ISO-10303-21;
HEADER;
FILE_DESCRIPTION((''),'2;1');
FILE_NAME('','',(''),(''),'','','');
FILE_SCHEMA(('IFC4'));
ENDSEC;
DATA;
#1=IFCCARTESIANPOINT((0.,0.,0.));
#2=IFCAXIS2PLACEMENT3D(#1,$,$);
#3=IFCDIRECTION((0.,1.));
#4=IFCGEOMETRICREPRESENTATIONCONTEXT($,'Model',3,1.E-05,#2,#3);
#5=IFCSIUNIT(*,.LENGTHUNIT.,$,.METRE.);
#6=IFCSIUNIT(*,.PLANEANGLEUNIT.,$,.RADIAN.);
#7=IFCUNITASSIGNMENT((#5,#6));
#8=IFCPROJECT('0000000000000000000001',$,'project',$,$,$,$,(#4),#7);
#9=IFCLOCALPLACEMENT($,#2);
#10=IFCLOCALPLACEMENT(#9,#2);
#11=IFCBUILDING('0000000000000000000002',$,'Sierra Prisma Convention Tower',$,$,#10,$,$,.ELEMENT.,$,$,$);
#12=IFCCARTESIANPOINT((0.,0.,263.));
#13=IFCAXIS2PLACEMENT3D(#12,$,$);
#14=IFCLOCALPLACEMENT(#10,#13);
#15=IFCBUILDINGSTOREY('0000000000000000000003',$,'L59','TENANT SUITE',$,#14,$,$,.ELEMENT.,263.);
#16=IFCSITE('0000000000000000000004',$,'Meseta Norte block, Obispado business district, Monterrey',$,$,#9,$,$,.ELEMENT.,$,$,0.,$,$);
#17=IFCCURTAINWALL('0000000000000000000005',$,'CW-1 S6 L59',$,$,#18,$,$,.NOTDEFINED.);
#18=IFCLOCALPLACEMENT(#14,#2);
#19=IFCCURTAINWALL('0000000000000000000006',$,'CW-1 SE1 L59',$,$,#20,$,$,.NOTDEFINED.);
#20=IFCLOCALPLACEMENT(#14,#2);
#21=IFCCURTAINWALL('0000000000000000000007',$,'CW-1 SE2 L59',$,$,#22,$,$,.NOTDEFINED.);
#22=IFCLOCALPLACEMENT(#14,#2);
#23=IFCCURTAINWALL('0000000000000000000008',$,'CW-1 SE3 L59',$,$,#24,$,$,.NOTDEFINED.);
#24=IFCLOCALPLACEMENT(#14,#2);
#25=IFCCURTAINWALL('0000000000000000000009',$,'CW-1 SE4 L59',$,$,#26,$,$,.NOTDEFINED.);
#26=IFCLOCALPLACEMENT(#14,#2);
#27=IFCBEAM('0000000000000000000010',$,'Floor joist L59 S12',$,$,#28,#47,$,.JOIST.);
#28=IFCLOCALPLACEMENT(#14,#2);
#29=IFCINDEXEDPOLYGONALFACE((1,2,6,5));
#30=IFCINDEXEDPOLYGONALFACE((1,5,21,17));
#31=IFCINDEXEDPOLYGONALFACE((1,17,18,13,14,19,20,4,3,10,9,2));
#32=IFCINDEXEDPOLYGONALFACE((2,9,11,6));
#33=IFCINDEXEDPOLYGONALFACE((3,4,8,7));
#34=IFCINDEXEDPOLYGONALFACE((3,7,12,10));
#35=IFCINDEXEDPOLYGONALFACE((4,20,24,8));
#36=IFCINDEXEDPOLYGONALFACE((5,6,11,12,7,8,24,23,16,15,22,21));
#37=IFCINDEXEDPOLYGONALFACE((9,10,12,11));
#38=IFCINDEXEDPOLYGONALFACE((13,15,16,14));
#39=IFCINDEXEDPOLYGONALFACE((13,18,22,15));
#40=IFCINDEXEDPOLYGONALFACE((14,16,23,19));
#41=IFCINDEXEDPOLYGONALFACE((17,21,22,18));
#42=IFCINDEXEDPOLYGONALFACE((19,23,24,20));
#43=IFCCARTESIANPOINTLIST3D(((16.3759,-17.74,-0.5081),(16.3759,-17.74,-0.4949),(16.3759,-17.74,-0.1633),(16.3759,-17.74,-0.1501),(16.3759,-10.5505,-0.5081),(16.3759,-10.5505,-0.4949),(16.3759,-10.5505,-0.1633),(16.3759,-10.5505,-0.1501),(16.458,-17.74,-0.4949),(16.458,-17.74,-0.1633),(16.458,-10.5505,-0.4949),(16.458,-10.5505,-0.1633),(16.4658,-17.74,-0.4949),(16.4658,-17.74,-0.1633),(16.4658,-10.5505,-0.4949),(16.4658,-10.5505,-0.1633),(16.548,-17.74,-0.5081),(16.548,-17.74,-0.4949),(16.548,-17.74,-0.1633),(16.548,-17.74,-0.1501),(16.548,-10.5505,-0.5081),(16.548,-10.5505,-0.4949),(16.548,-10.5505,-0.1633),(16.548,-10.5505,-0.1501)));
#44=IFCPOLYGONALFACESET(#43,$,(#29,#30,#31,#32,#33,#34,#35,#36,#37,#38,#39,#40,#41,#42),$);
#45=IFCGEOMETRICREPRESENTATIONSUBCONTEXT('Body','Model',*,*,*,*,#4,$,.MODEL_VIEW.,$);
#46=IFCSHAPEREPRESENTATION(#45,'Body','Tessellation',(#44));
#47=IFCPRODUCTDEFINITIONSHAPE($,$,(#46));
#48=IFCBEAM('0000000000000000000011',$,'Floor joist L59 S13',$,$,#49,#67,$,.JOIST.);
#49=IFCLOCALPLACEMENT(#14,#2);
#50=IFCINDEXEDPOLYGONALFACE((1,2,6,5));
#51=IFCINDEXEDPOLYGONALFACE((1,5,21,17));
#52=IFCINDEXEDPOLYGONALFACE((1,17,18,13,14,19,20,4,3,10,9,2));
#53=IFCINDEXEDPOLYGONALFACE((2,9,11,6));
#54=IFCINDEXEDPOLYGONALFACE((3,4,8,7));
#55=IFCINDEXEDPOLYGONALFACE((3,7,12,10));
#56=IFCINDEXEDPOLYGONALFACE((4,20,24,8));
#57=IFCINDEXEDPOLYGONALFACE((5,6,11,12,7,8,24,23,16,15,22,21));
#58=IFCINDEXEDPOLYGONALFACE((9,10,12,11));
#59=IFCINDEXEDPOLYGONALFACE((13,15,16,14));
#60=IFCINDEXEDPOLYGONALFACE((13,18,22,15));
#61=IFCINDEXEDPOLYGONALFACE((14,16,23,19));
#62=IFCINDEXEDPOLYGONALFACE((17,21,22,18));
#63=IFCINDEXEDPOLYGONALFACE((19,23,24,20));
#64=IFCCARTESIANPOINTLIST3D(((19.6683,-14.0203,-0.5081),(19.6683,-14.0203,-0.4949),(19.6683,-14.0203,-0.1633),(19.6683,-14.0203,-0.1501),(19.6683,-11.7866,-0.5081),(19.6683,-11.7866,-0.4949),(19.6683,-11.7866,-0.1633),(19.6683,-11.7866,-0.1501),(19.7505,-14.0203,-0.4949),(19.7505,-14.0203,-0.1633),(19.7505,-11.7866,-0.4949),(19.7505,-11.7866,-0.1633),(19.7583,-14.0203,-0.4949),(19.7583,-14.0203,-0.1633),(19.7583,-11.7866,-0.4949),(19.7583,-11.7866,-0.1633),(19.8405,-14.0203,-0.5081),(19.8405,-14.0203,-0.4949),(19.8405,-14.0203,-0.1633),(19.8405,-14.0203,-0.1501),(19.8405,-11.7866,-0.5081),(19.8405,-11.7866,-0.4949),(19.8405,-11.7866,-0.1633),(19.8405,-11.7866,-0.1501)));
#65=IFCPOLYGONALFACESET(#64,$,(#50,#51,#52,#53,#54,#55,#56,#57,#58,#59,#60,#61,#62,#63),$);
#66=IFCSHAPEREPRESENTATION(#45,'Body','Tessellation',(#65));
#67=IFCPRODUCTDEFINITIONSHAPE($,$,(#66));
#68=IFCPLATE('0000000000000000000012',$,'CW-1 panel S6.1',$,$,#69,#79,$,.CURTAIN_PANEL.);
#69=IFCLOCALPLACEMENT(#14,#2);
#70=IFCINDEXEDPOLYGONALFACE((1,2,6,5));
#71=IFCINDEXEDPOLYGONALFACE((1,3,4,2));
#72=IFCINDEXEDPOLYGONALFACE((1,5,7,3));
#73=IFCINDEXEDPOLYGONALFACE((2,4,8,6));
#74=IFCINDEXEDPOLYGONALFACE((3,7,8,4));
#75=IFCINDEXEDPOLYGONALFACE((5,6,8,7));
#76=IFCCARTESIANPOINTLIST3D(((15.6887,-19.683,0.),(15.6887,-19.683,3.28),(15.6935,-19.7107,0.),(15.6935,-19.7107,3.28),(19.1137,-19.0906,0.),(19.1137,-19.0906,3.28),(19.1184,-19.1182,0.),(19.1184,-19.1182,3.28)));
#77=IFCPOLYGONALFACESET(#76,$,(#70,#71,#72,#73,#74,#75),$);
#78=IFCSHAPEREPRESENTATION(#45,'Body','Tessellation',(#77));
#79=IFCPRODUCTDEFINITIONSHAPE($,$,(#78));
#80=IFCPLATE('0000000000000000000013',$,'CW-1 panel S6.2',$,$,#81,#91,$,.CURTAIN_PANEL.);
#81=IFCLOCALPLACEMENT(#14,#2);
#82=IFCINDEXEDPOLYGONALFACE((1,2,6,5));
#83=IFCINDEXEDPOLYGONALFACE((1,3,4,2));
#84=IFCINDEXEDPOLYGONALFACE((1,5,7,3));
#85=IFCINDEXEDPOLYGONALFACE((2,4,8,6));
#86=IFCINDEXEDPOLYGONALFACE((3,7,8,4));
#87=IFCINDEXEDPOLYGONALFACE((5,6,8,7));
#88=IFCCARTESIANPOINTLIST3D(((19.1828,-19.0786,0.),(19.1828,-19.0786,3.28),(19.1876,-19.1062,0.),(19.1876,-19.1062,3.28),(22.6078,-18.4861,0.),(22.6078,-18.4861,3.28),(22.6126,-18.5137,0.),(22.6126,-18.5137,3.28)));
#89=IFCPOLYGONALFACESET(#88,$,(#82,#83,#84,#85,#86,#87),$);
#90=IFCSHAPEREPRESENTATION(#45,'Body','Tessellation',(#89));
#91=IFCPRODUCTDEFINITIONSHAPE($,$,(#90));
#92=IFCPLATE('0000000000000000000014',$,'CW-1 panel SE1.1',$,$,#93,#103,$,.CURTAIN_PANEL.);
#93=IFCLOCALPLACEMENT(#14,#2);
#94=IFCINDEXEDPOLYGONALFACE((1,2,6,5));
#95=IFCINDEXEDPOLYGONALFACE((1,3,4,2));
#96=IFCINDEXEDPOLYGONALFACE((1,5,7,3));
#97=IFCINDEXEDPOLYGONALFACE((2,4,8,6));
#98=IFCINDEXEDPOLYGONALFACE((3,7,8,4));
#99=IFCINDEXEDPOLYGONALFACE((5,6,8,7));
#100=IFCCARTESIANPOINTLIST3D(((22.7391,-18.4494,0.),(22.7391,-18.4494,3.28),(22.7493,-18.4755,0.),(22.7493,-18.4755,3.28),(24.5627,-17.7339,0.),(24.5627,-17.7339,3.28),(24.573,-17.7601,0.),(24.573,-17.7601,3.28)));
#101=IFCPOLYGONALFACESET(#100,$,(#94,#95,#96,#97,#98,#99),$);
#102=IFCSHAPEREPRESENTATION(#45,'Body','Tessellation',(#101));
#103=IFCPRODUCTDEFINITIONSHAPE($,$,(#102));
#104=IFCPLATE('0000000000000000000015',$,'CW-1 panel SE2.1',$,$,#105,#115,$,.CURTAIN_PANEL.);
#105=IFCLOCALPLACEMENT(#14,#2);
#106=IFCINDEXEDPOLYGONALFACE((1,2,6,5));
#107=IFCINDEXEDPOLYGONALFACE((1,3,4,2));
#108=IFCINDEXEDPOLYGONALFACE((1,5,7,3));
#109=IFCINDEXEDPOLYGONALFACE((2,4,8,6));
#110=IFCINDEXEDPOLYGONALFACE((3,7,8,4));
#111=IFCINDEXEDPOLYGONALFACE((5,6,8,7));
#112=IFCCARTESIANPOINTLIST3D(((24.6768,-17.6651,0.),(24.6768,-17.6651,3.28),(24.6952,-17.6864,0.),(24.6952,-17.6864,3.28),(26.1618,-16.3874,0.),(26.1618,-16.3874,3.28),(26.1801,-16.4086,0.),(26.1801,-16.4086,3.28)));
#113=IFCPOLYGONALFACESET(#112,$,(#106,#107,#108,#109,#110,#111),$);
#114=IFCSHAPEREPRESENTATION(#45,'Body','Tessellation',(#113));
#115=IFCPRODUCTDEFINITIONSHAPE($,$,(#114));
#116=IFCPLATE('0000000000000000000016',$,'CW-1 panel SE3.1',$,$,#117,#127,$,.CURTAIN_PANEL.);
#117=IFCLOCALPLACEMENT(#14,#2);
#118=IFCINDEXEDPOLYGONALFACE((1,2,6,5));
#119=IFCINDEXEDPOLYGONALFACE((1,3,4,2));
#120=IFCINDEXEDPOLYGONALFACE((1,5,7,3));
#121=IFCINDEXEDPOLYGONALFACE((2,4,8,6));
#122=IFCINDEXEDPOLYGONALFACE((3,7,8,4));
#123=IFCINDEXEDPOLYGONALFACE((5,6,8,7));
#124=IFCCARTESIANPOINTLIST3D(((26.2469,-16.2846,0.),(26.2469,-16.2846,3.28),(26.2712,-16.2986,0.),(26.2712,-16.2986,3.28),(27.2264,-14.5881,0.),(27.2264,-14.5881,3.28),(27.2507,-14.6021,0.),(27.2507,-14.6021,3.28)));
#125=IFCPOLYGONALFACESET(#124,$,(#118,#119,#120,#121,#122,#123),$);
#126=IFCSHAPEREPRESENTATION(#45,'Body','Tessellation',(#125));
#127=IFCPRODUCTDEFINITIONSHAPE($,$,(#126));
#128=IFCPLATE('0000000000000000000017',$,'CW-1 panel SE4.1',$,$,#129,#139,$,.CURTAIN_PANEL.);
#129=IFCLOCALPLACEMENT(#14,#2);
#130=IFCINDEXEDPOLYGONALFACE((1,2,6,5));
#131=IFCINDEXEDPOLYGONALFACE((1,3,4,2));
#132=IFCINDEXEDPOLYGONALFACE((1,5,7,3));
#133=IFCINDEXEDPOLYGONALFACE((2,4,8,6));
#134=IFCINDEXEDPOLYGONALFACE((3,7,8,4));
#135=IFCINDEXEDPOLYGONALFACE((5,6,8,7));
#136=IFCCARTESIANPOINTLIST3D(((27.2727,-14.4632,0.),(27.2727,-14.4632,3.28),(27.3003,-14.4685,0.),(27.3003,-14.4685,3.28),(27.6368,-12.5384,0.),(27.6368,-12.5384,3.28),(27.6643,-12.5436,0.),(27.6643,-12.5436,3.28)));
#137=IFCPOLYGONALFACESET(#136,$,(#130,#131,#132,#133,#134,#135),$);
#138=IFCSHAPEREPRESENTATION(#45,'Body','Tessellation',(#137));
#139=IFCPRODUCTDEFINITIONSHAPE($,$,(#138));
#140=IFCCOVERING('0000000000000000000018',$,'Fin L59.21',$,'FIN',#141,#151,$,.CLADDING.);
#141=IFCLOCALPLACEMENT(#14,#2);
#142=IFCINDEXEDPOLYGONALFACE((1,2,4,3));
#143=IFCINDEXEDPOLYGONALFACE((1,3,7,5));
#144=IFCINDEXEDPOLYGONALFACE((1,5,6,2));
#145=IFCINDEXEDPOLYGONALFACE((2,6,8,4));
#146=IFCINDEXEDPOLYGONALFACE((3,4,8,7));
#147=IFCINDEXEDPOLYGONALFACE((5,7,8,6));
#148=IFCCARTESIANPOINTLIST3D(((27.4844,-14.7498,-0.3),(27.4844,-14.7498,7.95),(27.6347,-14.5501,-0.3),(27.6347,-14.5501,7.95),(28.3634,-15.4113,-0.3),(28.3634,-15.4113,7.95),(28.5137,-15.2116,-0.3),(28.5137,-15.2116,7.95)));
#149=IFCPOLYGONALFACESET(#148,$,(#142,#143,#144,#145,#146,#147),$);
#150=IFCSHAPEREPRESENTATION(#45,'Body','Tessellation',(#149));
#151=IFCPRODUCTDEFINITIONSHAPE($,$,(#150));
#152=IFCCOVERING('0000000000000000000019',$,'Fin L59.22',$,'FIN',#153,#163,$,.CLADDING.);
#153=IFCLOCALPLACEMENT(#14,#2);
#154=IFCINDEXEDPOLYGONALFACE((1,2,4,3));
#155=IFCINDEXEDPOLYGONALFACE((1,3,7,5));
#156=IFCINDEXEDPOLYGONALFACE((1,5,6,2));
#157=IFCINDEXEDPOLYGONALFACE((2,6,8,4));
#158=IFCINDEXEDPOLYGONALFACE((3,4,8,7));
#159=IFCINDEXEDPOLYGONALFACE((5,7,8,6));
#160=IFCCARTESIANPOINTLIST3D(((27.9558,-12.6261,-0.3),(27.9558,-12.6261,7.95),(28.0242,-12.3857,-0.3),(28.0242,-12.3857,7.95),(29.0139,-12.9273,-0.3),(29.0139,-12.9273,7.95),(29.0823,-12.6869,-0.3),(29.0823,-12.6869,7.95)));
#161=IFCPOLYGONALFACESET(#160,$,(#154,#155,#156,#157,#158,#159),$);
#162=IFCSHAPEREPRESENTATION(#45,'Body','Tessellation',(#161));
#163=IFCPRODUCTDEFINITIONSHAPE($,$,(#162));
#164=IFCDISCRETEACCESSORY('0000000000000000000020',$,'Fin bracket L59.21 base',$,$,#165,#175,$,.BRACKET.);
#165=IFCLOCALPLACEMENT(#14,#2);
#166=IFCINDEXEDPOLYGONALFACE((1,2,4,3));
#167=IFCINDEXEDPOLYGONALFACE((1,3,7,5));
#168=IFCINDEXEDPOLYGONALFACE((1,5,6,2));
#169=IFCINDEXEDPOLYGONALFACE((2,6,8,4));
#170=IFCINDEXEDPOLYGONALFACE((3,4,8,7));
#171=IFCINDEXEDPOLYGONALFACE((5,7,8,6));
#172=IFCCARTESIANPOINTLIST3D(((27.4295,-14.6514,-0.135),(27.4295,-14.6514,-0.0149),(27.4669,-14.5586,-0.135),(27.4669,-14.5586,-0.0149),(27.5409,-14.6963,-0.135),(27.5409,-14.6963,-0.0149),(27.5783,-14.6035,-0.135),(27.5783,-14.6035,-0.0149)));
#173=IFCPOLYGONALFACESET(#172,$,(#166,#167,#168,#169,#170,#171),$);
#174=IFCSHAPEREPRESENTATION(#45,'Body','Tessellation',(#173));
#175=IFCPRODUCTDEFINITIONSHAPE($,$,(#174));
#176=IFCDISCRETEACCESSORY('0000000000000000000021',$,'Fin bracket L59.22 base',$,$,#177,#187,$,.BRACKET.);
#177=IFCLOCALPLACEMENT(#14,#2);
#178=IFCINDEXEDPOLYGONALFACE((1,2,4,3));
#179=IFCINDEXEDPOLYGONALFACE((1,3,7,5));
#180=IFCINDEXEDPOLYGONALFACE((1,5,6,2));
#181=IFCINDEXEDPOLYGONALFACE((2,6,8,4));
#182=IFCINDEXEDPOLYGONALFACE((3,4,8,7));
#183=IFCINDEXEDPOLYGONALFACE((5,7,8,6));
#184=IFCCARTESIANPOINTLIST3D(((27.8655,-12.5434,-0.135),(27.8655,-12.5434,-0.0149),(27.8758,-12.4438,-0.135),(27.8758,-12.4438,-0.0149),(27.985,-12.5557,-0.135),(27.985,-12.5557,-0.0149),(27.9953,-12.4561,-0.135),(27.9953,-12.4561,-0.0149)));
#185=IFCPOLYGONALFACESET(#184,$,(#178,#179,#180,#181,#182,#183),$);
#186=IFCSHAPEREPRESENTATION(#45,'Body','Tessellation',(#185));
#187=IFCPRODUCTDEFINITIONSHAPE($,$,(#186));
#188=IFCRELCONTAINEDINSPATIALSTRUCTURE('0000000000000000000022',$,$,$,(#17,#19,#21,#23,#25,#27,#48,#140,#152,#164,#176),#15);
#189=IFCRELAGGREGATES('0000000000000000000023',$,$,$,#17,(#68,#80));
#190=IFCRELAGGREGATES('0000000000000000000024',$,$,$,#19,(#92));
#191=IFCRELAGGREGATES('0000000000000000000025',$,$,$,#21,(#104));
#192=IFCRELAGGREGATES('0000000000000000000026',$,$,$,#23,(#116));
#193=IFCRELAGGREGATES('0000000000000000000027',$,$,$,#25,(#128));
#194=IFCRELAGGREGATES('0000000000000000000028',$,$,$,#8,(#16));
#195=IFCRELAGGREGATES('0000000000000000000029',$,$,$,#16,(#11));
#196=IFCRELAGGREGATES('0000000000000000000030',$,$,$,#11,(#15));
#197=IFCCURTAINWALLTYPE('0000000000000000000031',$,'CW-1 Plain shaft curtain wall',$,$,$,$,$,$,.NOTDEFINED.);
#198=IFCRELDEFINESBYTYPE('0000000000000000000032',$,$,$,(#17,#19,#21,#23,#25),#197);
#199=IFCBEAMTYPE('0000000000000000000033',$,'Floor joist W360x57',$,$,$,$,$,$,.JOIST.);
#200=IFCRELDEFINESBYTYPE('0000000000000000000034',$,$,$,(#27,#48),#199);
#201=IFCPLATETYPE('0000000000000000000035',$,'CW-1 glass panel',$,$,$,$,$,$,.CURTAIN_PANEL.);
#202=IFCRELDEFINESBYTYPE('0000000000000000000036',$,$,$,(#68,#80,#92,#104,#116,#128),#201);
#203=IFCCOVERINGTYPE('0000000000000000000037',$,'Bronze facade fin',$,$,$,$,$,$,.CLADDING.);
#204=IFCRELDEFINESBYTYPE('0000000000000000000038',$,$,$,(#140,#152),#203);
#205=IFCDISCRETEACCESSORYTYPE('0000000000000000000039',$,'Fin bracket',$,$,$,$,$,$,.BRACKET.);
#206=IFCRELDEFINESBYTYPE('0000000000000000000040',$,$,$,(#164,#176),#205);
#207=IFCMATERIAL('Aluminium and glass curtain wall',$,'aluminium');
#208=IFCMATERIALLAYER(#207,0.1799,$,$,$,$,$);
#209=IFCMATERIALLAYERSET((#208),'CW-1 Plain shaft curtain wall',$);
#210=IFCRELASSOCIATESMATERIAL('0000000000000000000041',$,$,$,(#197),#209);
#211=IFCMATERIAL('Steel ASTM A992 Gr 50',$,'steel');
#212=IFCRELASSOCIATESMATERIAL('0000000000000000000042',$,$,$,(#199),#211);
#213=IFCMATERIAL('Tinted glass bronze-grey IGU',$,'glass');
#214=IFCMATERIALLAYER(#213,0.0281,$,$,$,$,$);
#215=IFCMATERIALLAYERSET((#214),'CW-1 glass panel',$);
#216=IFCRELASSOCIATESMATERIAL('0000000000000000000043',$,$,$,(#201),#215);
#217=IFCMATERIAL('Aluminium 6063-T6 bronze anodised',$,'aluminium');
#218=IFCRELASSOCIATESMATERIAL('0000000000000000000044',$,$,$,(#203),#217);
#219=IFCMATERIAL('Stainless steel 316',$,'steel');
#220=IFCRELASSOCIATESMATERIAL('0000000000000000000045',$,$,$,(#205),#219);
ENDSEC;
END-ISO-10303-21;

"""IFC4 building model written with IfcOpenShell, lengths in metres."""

from ifc_helpers import new_model, si_unit, direction, frame, origin, origin_2d, place, context, subcontext, project, spatial, rectangle, i_section, extrude, material, layer, layer_set, material_profile, profile_set, type_object, element, aggregate, save


model = new_model("IFC4")

# Units and contexts
model_context = context("Model", 3, precision=1e-05, world=origin(), true_north=direction((0.0, 1.0)))
body_context = subcontext(model_context, "Body", "Model", "MODEL_VIEW")
ifc_project = project(units=[si_unit("LENGTHUNIT", "METRE"), si_unit("PLANEANGLEUNIT", "RADIAN")], contexts=[model_context])

# Site, building, storey
site_placement = place(None, origin())
site = spatial("IfcSite", under=ifc_project, at=site_placement, Name="Meseta Norte block, Obispado business district, Monterrey", CompositionType="ELEMENT", RefElevation=0.0)
building_placement = place(site_placement, origin())
building = spatial("IfcBuilding", under=site, at=building_placement, Name="Sierra Prisma Convention Tower", CompositionType="ELEMENT")
storey_placement = place(building_placement, frame((0.0, 0.0, 263.0)))
storey = spatial("IfcBuildingStorey", under=building, at=storey_placement, Name="L59", Description="TENANT SUITE", CompositionType="ELEMENT", Elevation=263.0)

# Curtain walls
ifc_material_1 = material(Name="Aluminium and glass curtain wall", Category="aluminium")
ifc_layer_1 = layer(ifc_material_1, 0.1799)
ifc_layer_set_1 = layer_set([ifc_layer_1], Name="CW-1 Plain shaft curtain wall")
curtain_wall_type = type_object("IfcCurtainWallType", Name="CW-1 Plain shaft curtain wall", PredefinedType="NOTDEFINED", material=ifc_layer_set_1)
curtain_wall_1_placement = place(storey_placement, origin())
curtain_wall_1 = element("IfcCurtainWall", 1, at=curtain_wall_1_placement, inside=storey, type_object=curtain_wall_type, Name="CW-1 S6 L59", PredefinedType="NOTDEFINED")
curtain_wall_2_placement = place(storey_placement, origin())
curtain_wall_2 = element("IfcCurtainWall", 2, at=curtain_wall_2_placement, inside=storey, type_object=curtain_wall_type, Name="CW-1 SE1 L59", PredefinedType="NOTDEFINED")
curtain_wall_3_placement = place(storey_placement, origin())
curtain_wall_3 = element("IfcCurtainWall", 3, at=curtain_wall_3_placement, inside=storey, type_object=curtain_wall_type, Name="CW-1 SE2 L59", PredefinedType="NOTDEFINED")
curtain_wall_4_placement = place(storey_placement, origin())
curtain_wall_4 = element("IfcCurtainWall", 4, at=curtain_wall_4_placement, inside=storey, type_object=curtain_wall_type, Name="CW-1 SE3 L59", PredefinedType="NOTDEFINED")
curtain_wall_5_placement = place(storey_placement, origin())
curtain_wall_5 = element("IfcCurtainWall", 5, at=curtain_wall_5_placement, inside=storey, type_object=curtain_wall_type, Name="CW-1 SE4 L59", PredefinedType="NOTDEFINED")

# Beams
ifc_material_2 = material(Name="Steel ASTM A992 Gr 50", Category="steel")
ifc_material_profile_1 = material_profile(ifc_material_2, i_section(OverallWidth=0.1721, OverallDepth=0.3579, WebThickness=0.0078, FlangeThickness=0.0132, at=origin_2d()), Name="W360x57")
ifc_profile_set_1 = profile_set([ifc_material_profile_1], Name="Steel ASTM A992 Gr 50")
beam_type = type_object("IfcBeamType", Name="Floor joist W360x57", PredefinedType="JOIST", material=ifc_profile_set_1)
beam_1_placement = place(storey_placement, frame((16.4619, -17.74, -0.3291), z_axis=(0.0, 1.0, 0.0), x_axis=(-1.0, 0.0, 0.0)))
element("IfcBeam", 6, at=beam_1_placement, inside=storey, type_object=beam_type, Name="Floor joist L59 S12", PredefinedType="JOIST", context=body_context, shape_type="SweptSolid", body=[
    extrude(i_section(OverallWidth=0.1721, OverallDepth=0.3579, WebThickness=0.0078, FlangeThickness=0.0132, at=origin_2d()), origin(), (0.0, 0.0, 1.0), 7.1895),
])
beam_2_placement = place(storey_placement, frame((19.7544, -14.0203, -0.3291), z_axis=(0.0, 1.0, 0.0), x_axis=(-1.0, 0.0, 0.0)))
element("IfcBeam", 7, at=beam_2_placement, inside=storey, type_object=beam_type, Name="Floor joist L59 S13", PredefinedType="JOIST", context=body_context, shape_type="SweptSolid", body=[
    extrude(i_section(OverallWidth=0.1721, OverallDepth=0.3579, WebThickness=0.0078, FlangeThickness=0.0132, at=origin_2d()), origin(), (0.0, 0.0, 1.0), 2.2336),
])

# Plates
ifc_material_3 = material(Name="Tinted glass bronze-grey IGU", Category="glass")
ifc_layer_2 = layer(ifc_material_3, 0.0281)
ifc_layer_set_2 = layer_set([ifc_layer_2], Name="CW-1 glass panel")
plate_type = type_object("IfcPlateType", Name="CW-1 glass panel", PredefinedType="CURTAIN_PANEL", material=ifc_layer_set_2)
plate_1_placement = place(storey_placement, frame((17.4036, -19.4006, 0.0), z_axis=(0.0, 0.0, 1.0), x_axis=(0.985364, 0.170461, 0.0)))
plate_1 = element("IfcPlate", 8, at=plate_1_placement, type_object=plate_type, Name="CW-1 panel S6.1", PredefinedType="CURTAIN_PANEL", context=body_context, shape_type="SweptSolid", body=[
    extrude(rectangle(XDim=3.4758, YDim=0.0281, at=origin_2d()), origin(), (0.0, 0.0, 1.0), 3.28),
])
plate_2_placement = place(storey_placement, frame((20.8977, -18.7961, 0.0), z_axis=(0.0, 0.0, 1.0), x_axis=(0.985364, 0.170461, 0.0)))
plate_2 = element("IfcPlate", 9, at=plate_2_placement, type_object=plate_type, Name="CW-1 panel S6.2", PredefinedType="CURTAIN_PANEL", context=body_context, shape_type="SweptSolid", body=[
    extrude(rectangle(XDim=3.4758, YDim=0.0281, at=origin_2d()), origin(), (0.0, 0.0, 1.0), 3.28),
])
aggregate(curtain_wall_1, [plate_1, plate_2])
plate_3_placement = place(storey_placement, frame((23.656, -18.1047, 0.0), z_axis=(0.0, 0.0, 1.0), x_axis=(0.930915, 0.365235, 0.0)))
plate_3 = element("IfcPlate", 10, at=plate_3_placement, type_object=plate_type, Name="CW-1 panel SE1.1", PredefinedType="CURTAIN_PANEL", context=body_context, shape_type="SweptSolid", body=[
    extrude(rectangle(XDim=1.959, YDim=0.0281, at=origin_2d()), origin(), (0.0, 0.0, 1.0), 3.28),
])
aggregate(curtain_wall_2, [plate_3])
plate_4_placement = place(storey_placement, frame((25.4285, -17.0369, 0.0), z_axis=(0.0, 0.0, 1.0), x_axis=(0.758009, 0.652244, 0.0)))
plate_4 = element("IfcPlate", 11, at=plate_4_placement, type_object=plate_type, Name="CW-1 panel SE2.1", PredefinedType="CURTAIN_PANEL", context=body_context, shape_type="SweptSolid", body=[
    extrude(rectangle(XDim=1.959, YDim=0.0281, at=origin_2d()), origin(), (0.0, 0.0, 1.0), 3.28),
])
aggregate(curtain_wall_3, [plate_4])
plate_5_placement = place(storey_placement, frame((26.7488, -15.4434, 0.0), z_axis=(0.0, 0.0, 1.0), x_axis=(0.5, 0.866025, 0.0)))
plate_5 = element("IfcPlate", 12, at=plate_5_placement, type_object=plate_type, Name="CW-1 panel SE3.1", PredefinedType="CURTAIN_PANEL", context=body_context, shape_type="SweptSolid", body=[
    extrude(rectangle(XDim=1.959, YDim=0.0281, at=origin_2d()), origin(), (0.0, 0.0, 1.0), 3.28),
])
aggregate(curtain_wall_4, [plate_5])
plate_6_placement = place(storey_placement, frame((27.4685, -13.5034, 0.0), z_axis=(0.0, 0.0, 1.0), x_axis=(0.185856, 0.982577, 0.0)))
plate_6 = element("IfcPlate", 13, at=plate_6_placement, type_object=plate_type, Name="CW-1 panel SE4.1", PredefinedType="CURTAIN_PANEL", context=body_context, shape_type="SweptSolid", body=[
    extrude(rectangle(XDim=1.959, YDim=0.0281, at=origin_2d()), origin(), (0.0, 0.0, 1.0), 3.28),
])
aggregate(curtain_wall_5, [plate_6])

# Coverings
ifc_material_4 = material(Name="Aluminium 6063-T6 bronze anodised", Category="aluminium")
ifc_material_profile_2 = material_profile(ifc_material_4, rectangle(XDim=1.1001, YDim=0.25, at=origin_2d()), Name="ALU FIN 1100x250")
ifc_profile_set_2 = profile_set([ifc_material_profile_2], Name="Aluminium 6063-T6 bronze anodised")
covering_type = type_object("IfcCoveringType", Name="Bronze facade fin", PredefinedType="CLADDING", material=ifc_profile_set_2)
for number, where, z_axis, x_axis, name in (
    (14, (27.999, -14.9807, -0.3), (0.0, 0.0, 1.0), (0.799025, -0.601298, 0.0), "Fin L59.21"),
    (15, (28.519, -12.6565, -0.3), (0.0, 0.0, 1.0), (0.961795, -0.273771, 0.0), "Fin L59.22"),
):
    element("IfcCovering", number, at=place(storey_placement, frame(where, z_axis=z_axis, x_axis=x_axis)), inside=storey, type_object=covering_type, Name=name, ObjectType="FIN", PredefinedType="CLADDING", context=body_context, shape_type="SweptSolid", body=[
        extrude(rectangle(XDim=1.1001, YDim=0.25, at=origin_2d()), origin(), (0.0, 0.0, 1.0), 8.25),
    ])

# Discrete accessories
ifc_material_5 = material(Name="Stainless steel 316", Category="steel")
discrete_accessory_type = type_object("IfcDiscreteAccessoryType", Name="Fin bracket", PredefinedType="BRACKET", material=ifc_material_5)
for number, where, z_axis, x_axis, name in (
    (16, (27.5039, -14.6274, -0.135), (0.0, 0.0, 1.0), (0.927426, -0.374007, 0.0), "Fin bracket L59.21 base"),
    (17, (27.9304, -12.4998, -0.135), (0.0, 0.0, 1.0), (0.994723, -0.102598, 0.0), "Fin bracket L59.22 base"),
):
    element("IfcDiscreteAccessory", number, at=place(storey_placement, frame(where, z_axis=z_axis, x_axis=x_axis)), inside=storey, type_object=discrete_accessory_type, Name=name, PredefinedType="BRACKET", context=body_context, shape_type="SweptSolid", body=[
        extrude(rectangle(XDim=0.1201, YDim=0.1001, at=origin_2d()), origin(), (0.0, 0.0, 1.0), 0.1201),
    ])

save(model, "model.ifc")
